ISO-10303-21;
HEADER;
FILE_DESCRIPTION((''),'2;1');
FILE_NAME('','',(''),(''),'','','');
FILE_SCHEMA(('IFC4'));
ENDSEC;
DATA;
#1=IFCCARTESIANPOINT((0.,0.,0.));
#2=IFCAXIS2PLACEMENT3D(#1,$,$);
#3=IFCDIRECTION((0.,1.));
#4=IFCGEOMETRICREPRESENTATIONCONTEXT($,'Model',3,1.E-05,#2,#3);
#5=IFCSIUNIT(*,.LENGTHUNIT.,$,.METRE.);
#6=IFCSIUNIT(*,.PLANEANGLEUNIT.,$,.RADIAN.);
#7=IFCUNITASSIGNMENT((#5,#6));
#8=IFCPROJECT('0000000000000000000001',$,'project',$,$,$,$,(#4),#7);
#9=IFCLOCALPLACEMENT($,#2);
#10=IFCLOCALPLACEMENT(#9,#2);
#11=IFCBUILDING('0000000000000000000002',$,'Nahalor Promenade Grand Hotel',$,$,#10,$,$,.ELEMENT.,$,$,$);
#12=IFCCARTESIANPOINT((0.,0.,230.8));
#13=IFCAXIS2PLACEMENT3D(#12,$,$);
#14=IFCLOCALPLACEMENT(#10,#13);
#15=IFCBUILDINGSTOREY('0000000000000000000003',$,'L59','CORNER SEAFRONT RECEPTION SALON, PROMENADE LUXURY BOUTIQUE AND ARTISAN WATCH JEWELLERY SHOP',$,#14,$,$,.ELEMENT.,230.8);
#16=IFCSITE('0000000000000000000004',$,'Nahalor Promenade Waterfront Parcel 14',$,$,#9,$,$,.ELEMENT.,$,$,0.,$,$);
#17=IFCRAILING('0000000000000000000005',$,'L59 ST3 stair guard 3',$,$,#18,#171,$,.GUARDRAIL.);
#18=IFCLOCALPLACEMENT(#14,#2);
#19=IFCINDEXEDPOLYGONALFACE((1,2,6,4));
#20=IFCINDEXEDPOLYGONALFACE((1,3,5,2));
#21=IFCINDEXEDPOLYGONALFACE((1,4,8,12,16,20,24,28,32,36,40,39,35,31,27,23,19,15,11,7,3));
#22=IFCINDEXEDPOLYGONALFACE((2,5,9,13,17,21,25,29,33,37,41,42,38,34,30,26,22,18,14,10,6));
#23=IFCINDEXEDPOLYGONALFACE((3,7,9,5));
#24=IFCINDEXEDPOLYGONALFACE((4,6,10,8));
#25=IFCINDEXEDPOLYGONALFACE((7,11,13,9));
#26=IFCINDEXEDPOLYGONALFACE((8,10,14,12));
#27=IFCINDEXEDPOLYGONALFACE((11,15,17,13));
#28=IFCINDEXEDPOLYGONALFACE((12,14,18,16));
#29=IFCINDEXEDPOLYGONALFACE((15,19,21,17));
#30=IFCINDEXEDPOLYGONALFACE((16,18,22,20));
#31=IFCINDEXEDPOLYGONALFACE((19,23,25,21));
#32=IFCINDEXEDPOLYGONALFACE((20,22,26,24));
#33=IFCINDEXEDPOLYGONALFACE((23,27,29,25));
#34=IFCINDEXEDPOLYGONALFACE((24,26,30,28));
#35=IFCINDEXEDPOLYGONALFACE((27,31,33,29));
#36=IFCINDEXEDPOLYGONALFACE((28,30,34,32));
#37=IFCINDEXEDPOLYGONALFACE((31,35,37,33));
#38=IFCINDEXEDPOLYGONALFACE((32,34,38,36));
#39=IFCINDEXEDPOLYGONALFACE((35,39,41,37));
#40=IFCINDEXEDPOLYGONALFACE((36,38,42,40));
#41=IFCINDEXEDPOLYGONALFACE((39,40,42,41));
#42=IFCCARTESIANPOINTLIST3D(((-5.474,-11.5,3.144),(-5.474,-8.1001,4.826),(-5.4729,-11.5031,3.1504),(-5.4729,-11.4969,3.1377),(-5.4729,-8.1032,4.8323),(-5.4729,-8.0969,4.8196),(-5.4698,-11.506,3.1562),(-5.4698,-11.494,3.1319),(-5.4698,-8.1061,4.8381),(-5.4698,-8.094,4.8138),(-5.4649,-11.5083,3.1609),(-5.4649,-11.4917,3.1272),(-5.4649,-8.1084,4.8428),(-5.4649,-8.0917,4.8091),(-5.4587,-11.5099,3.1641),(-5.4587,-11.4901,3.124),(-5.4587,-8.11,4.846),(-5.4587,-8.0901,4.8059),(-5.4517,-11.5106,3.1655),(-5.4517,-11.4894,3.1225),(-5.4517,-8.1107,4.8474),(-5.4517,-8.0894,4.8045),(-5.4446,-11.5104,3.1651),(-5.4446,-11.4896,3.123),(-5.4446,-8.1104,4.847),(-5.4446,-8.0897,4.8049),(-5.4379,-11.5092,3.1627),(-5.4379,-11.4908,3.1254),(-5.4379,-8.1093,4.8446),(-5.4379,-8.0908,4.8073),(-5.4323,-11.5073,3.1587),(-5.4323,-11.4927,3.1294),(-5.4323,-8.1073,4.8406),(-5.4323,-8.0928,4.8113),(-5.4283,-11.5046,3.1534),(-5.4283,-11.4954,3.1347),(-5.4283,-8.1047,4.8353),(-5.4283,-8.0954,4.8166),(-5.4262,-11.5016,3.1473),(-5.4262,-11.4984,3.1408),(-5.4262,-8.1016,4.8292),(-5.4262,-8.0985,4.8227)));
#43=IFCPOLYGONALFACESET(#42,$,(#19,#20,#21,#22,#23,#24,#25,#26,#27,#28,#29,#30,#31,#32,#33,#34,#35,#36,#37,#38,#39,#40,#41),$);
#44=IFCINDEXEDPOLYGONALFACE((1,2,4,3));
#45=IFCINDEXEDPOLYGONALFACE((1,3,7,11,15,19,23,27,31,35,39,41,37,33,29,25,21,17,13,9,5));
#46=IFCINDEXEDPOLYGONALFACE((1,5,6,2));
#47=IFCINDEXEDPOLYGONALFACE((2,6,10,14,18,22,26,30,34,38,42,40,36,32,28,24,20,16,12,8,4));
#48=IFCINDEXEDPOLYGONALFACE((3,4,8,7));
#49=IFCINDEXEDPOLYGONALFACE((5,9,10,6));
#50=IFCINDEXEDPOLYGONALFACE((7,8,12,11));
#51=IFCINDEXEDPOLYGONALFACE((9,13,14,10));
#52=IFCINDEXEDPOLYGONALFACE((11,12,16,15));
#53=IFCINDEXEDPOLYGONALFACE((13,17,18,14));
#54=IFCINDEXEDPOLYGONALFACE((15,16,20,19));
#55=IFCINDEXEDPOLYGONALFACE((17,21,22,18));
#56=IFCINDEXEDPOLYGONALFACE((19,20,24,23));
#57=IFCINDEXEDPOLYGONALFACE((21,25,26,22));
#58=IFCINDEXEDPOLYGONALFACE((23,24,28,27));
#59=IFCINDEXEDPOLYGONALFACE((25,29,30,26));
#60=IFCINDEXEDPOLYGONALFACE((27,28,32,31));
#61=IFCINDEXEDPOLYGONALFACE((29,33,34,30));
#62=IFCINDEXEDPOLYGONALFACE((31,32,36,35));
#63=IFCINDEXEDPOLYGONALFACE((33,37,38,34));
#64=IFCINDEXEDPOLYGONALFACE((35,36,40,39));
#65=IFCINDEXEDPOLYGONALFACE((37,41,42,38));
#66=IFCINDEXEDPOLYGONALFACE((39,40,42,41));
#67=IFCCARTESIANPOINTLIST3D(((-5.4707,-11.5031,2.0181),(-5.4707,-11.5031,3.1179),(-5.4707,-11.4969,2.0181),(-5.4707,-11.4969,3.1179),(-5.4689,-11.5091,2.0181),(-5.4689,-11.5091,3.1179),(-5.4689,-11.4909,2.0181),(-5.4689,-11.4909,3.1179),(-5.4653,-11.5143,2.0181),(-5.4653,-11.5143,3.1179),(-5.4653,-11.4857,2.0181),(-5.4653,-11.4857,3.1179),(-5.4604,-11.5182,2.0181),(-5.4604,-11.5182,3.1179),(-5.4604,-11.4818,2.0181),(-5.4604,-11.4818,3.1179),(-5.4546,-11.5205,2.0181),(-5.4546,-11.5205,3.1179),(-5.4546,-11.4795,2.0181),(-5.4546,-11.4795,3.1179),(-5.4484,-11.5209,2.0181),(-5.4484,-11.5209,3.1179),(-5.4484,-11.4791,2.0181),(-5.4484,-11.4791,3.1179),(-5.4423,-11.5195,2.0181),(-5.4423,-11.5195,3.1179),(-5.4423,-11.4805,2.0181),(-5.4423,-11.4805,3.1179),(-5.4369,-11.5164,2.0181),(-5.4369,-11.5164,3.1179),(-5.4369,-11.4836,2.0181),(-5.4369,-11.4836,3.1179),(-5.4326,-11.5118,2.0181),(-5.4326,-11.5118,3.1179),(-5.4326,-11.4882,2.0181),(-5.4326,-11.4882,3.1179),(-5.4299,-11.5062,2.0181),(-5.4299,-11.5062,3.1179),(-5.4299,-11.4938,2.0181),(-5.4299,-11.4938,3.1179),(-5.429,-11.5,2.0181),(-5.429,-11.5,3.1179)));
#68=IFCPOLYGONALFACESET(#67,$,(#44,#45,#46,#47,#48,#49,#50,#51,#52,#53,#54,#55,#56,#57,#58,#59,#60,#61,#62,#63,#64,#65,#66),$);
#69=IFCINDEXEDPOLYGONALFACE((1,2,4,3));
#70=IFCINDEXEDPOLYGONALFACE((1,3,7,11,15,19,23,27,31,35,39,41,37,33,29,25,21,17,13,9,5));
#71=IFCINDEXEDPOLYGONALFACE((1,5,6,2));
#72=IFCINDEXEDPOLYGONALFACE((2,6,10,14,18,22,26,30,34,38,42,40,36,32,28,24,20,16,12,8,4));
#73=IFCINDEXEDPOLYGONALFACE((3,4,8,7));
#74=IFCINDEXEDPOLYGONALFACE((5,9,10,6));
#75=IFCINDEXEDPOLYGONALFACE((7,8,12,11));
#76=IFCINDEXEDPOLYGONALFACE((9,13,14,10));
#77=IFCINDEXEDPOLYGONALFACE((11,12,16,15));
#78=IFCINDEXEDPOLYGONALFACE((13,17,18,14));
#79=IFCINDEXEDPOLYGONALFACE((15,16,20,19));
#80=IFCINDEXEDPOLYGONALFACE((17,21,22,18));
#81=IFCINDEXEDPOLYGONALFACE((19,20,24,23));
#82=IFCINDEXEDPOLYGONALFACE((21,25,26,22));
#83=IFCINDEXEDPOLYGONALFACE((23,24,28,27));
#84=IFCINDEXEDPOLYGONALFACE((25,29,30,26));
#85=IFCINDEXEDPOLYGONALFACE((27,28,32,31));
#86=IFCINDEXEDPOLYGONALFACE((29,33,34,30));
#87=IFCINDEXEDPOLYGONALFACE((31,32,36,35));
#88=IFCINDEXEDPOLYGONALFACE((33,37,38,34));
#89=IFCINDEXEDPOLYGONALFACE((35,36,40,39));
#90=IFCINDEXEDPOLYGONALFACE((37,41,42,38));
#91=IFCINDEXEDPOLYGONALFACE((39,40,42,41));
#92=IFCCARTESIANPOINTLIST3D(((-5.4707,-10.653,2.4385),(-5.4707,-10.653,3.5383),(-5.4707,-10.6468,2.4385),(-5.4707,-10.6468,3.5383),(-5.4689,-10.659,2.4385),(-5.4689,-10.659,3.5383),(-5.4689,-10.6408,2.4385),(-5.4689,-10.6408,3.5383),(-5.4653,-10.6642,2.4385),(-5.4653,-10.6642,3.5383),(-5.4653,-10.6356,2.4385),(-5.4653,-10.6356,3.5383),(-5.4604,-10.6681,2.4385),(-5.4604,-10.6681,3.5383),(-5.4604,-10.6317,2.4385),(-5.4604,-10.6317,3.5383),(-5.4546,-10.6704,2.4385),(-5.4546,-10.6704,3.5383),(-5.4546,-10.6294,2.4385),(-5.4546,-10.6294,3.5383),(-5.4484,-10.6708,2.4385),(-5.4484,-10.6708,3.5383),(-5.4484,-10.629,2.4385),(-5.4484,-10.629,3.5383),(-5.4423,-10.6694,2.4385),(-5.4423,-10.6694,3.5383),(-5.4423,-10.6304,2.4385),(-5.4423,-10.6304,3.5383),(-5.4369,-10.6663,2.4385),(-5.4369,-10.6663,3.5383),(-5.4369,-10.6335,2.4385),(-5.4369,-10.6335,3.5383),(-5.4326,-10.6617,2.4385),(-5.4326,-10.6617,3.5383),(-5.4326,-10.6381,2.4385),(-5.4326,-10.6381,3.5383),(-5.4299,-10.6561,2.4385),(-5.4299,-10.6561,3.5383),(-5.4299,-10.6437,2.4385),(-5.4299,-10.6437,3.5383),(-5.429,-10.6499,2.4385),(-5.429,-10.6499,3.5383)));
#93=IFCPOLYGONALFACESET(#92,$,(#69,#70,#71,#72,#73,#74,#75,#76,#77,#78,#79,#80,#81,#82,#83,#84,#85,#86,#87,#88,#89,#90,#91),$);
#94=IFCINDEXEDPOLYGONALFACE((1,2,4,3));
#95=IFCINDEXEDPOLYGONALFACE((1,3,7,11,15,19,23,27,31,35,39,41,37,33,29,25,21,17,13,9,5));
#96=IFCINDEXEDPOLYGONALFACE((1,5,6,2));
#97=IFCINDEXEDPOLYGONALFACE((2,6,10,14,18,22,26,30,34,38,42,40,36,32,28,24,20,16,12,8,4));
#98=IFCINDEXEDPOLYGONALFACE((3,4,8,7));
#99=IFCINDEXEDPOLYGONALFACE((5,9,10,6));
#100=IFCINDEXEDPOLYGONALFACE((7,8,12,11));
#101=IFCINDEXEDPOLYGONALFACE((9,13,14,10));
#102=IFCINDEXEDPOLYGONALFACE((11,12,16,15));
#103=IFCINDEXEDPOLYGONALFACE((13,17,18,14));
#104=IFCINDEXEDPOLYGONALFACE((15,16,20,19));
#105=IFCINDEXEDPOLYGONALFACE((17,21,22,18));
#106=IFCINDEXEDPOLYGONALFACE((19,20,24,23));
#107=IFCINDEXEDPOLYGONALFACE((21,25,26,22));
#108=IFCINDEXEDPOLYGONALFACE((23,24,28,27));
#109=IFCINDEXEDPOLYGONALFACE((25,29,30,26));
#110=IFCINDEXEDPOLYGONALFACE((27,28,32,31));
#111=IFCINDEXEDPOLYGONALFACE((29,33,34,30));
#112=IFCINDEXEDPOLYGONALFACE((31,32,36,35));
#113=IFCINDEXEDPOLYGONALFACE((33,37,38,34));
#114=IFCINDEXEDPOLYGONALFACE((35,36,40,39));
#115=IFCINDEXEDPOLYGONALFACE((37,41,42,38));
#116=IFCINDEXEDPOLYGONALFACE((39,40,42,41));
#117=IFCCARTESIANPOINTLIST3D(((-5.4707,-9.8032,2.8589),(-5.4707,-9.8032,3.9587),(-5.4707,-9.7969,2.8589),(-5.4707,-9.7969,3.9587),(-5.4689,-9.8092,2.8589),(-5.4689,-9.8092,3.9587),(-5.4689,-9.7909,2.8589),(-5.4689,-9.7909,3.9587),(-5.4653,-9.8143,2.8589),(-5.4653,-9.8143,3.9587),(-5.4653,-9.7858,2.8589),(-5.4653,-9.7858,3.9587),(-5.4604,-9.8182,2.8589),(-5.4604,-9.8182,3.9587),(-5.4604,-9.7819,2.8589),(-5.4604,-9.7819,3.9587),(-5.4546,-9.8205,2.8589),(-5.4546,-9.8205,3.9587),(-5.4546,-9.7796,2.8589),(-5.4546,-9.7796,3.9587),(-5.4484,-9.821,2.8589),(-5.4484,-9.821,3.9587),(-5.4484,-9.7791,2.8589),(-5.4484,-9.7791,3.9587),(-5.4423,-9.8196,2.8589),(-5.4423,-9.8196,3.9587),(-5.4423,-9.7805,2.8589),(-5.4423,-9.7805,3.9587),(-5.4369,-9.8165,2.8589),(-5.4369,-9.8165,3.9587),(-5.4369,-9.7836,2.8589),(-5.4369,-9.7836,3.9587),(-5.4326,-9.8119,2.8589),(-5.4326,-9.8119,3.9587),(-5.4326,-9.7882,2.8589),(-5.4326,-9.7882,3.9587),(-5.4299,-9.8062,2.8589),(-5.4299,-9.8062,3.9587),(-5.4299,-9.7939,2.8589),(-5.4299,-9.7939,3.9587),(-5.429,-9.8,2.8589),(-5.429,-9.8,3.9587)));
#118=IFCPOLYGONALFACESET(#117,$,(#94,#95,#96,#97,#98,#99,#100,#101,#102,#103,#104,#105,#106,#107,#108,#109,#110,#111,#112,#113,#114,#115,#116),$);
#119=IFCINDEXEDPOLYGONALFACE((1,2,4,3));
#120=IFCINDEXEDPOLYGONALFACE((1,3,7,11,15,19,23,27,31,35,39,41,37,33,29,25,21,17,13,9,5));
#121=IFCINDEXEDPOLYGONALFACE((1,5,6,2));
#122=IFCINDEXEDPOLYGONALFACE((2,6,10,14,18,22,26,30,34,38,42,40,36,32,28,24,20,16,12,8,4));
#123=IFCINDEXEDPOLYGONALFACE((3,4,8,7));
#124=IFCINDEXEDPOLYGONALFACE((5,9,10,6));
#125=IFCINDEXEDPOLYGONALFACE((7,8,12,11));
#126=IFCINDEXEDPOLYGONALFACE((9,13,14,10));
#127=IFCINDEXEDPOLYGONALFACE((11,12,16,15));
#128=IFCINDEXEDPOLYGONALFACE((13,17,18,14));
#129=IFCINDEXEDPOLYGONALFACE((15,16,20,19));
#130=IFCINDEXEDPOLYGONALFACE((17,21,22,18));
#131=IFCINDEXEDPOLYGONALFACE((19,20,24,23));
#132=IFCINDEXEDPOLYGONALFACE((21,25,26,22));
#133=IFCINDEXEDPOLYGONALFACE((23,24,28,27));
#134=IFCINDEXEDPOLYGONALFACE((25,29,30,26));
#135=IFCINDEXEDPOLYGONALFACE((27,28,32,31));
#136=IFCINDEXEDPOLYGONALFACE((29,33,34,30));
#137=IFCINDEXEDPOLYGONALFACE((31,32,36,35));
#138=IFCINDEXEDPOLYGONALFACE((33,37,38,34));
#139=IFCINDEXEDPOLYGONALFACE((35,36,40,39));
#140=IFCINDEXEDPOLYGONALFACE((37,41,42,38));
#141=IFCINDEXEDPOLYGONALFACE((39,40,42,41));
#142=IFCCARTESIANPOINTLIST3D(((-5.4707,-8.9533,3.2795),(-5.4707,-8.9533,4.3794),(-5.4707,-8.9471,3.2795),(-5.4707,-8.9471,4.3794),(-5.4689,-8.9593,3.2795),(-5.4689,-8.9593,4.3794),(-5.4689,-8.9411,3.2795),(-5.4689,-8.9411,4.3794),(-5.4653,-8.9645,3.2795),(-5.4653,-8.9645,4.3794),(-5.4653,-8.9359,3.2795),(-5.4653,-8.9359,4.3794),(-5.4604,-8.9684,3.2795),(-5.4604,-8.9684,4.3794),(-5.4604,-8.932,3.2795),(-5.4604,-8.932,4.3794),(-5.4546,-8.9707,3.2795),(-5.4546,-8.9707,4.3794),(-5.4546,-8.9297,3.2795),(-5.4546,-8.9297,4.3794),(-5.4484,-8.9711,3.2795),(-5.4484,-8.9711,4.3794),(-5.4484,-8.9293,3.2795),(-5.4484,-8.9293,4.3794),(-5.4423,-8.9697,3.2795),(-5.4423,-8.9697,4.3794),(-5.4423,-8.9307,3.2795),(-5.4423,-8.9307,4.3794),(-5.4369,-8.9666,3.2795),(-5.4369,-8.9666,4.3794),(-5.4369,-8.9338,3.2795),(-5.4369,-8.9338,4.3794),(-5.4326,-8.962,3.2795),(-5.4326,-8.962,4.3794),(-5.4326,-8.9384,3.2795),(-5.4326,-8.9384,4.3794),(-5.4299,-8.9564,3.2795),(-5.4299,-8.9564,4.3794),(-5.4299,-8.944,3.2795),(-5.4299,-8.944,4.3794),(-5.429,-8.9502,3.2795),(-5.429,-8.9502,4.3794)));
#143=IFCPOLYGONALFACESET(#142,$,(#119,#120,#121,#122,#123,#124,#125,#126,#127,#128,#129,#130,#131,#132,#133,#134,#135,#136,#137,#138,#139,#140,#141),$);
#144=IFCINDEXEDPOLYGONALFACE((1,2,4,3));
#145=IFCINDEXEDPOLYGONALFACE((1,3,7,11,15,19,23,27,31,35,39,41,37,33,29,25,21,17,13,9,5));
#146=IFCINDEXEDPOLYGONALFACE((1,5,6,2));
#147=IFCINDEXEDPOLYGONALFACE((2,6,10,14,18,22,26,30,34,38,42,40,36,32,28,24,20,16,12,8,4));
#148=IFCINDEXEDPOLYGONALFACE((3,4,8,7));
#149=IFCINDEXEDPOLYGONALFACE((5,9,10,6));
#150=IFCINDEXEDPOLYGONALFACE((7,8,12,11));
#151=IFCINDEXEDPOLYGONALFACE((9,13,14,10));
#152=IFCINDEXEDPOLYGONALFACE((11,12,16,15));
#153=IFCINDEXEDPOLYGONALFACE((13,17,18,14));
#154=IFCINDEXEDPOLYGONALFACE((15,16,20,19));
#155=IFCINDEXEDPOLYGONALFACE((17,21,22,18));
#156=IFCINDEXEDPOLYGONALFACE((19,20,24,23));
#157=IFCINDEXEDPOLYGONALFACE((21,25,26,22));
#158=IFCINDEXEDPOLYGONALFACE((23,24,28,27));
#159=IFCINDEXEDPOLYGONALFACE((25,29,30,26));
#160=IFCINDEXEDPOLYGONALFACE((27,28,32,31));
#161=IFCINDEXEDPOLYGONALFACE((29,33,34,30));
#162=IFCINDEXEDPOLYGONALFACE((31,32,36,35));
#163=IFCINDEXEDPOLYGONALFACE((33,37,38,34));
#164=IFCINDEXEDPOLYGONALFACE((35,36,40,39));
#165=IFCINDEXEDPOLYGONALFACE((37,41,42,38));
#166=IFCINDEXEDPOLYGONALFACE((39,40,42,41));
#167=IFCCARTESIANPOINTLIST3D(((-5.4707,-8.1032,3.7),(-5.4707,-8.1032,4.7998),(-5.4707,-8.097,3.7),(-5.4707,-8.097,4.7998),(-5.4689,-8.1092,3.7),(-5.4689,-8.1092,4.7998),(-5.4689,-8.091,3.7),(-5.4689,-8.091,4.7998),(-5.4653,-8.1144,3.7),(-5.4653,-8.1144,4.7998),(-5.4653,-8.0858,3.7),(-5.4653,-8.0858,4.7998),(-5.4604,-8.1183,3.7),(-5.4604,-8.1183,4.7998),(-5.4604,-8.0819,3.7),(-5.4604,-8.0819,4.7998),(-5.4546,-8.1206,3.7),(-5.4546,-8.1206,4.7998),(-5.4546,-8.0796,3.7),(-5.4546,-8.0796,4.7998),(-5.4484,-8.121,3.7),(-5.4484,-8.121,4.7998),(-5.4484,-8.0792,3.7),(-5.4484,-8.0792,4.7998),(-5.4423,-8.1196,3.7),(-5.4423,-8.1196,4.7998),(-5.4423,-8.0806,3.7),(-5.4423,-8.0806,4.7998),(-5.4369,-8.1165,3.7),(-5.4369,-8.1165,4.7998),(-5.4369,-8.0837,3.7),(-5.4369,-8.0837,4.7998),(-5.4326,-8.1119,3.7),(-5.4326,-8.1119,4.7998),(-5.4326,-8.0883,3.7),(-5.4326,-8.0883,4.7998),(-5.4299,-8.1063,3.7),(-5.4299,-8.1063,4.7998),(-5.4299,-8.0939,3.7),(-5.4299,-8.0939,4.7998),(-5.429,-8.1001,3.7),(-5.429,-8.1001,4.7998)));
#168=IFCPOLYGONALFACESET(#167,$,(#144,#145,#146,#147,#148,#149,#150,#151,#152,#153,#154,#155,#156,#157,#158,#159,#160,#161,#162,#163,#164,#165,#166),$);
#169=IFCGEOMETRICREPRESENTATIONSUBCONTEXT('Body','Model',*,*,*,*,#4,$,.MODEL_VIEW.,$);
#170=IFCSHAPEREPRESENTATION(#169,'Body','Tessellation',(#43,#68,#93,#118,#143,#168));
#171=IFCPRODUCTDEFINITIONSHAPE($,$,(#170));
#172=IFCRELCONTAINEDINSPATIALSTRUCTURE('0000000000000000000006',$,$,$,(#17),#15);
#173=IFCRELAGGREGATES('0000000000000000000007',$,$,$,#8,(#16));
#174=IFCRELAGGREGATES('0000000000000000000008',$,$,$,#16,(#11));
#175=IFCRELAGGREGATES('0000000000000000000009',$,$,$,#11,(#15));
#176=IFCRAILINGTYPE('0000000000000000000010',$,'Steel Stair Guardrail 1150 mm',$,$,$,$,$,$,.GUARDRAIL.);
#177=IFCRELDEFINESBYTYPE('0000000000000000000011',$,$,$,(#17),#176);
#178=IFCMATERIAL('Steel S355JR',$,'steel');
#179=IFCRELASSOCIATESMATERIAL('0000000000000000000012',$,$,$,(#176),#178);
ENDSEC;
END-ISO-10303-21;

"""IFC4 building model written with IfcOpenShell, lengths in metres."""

from ifc_helpers import new_model, si_unit, direction, frame, origin, origin_2d, place, context, subcontext, project, spatial, circle, extrude, material, type_object, element, save


model = new_model("IFC4")

# Units and contexts
model_context = context("Model", 3, precision=1e-05, world=origin(), true_north=direction((0.0, 1.0)))
body_context = subcontext(model_context, "Body", "Model", "MODEL_VIEW")
ifc_project = project(units=[si_unit("LENGTHUNIT", "METRE"), si_unit("PLANEANGLEUNIT", "RADIAN")], contexts=[model_context])

# Site, building, storey
site_placement = place(None, origin())
site = spatial("IfcSite", under=ifc_project, at=site_placement, Name="Nahalor Promenade Waterfront Parcel 14", CompositionType="ELEMENT", RefElevation=0.0)
building_placement = place(site_placement, origin())
building = spatial("IfcBuilding", under=site, at=building_placement, Name="Nahalor Promenade Grand Hotel", CompositionType="ELEMENT")
storey_placement = place(building_placement, frame((0.0, 0.0, 230.8)))
storey = spatial("IfcBuildingStorey", under=building, at=storey_placement, Name="L59", Description="CORNER SEAFRONT RECEPTION SALON, PROMENADE LUXURY BOUTIQUE AND ARTISAN WATCH JEWELLERY SHOP", CompositionType="ELEMENT", Elevation=230.8)

# Shared definitions
ifc_material_1 = material(Name="Steel S355JR", Category="steel")

# Railing
railing_type_1 = type_object("IfcRailingType", Name="Steel Stair Guardrail 1150 mm", PredefinedType="GUARDRAIL", material=ifc_material_1)
railing_1_placement = place(storey_placement, frame((-5.45, -11.5, 2.0181)))
element("IfcRailing", 1, at=railing_1_placement, inside=storey, type_object=railing_type_1, Name="L59 ST3 stair guard 3", PredefinedType="GUARDRAIL", context=body_context, shape_type="SweptSolid", body=[
    extrude(circle(Radius=0.024, at=origin_2d()), frame((0.0, 0.0, 1.126), z_axis=(0.0, 0.896324, 0.443399), x_axis=(-1.0, 0.0, 0.0)), (0.0, 0.0, 1.0), 3.7932),
    extrude(circle(Radius=0.021, at=origin_2d()), origin(), (0.0, 0.0, 1.0), 1.0999),
    extrude(circle(Radius=0.021, at=origin_2d()), frame((0.0, 0.8501, 0.4204)), (0.0, 0.0, 1.0), 1.0999),
    extrude(circle(Radius=0.021, at=origin_2d()), frame((0.0, 1.7, 0.8408)), (0.0, 0.0, 1.0), 1.0999),
    extrude(circle(Radius=0.021, at=origin_2d()), frame((0.0, 2.5498, 1.2615)), (0.0, 0.0, 1.0), 1.0999),
    extrude(circle(Radius=0.021, at=origin_2d()), frame((0.0, 3.3999, 1.6819)), (0.0, 0.0, 1.0), 1.0999),
])

save(model, "model.ifc")
